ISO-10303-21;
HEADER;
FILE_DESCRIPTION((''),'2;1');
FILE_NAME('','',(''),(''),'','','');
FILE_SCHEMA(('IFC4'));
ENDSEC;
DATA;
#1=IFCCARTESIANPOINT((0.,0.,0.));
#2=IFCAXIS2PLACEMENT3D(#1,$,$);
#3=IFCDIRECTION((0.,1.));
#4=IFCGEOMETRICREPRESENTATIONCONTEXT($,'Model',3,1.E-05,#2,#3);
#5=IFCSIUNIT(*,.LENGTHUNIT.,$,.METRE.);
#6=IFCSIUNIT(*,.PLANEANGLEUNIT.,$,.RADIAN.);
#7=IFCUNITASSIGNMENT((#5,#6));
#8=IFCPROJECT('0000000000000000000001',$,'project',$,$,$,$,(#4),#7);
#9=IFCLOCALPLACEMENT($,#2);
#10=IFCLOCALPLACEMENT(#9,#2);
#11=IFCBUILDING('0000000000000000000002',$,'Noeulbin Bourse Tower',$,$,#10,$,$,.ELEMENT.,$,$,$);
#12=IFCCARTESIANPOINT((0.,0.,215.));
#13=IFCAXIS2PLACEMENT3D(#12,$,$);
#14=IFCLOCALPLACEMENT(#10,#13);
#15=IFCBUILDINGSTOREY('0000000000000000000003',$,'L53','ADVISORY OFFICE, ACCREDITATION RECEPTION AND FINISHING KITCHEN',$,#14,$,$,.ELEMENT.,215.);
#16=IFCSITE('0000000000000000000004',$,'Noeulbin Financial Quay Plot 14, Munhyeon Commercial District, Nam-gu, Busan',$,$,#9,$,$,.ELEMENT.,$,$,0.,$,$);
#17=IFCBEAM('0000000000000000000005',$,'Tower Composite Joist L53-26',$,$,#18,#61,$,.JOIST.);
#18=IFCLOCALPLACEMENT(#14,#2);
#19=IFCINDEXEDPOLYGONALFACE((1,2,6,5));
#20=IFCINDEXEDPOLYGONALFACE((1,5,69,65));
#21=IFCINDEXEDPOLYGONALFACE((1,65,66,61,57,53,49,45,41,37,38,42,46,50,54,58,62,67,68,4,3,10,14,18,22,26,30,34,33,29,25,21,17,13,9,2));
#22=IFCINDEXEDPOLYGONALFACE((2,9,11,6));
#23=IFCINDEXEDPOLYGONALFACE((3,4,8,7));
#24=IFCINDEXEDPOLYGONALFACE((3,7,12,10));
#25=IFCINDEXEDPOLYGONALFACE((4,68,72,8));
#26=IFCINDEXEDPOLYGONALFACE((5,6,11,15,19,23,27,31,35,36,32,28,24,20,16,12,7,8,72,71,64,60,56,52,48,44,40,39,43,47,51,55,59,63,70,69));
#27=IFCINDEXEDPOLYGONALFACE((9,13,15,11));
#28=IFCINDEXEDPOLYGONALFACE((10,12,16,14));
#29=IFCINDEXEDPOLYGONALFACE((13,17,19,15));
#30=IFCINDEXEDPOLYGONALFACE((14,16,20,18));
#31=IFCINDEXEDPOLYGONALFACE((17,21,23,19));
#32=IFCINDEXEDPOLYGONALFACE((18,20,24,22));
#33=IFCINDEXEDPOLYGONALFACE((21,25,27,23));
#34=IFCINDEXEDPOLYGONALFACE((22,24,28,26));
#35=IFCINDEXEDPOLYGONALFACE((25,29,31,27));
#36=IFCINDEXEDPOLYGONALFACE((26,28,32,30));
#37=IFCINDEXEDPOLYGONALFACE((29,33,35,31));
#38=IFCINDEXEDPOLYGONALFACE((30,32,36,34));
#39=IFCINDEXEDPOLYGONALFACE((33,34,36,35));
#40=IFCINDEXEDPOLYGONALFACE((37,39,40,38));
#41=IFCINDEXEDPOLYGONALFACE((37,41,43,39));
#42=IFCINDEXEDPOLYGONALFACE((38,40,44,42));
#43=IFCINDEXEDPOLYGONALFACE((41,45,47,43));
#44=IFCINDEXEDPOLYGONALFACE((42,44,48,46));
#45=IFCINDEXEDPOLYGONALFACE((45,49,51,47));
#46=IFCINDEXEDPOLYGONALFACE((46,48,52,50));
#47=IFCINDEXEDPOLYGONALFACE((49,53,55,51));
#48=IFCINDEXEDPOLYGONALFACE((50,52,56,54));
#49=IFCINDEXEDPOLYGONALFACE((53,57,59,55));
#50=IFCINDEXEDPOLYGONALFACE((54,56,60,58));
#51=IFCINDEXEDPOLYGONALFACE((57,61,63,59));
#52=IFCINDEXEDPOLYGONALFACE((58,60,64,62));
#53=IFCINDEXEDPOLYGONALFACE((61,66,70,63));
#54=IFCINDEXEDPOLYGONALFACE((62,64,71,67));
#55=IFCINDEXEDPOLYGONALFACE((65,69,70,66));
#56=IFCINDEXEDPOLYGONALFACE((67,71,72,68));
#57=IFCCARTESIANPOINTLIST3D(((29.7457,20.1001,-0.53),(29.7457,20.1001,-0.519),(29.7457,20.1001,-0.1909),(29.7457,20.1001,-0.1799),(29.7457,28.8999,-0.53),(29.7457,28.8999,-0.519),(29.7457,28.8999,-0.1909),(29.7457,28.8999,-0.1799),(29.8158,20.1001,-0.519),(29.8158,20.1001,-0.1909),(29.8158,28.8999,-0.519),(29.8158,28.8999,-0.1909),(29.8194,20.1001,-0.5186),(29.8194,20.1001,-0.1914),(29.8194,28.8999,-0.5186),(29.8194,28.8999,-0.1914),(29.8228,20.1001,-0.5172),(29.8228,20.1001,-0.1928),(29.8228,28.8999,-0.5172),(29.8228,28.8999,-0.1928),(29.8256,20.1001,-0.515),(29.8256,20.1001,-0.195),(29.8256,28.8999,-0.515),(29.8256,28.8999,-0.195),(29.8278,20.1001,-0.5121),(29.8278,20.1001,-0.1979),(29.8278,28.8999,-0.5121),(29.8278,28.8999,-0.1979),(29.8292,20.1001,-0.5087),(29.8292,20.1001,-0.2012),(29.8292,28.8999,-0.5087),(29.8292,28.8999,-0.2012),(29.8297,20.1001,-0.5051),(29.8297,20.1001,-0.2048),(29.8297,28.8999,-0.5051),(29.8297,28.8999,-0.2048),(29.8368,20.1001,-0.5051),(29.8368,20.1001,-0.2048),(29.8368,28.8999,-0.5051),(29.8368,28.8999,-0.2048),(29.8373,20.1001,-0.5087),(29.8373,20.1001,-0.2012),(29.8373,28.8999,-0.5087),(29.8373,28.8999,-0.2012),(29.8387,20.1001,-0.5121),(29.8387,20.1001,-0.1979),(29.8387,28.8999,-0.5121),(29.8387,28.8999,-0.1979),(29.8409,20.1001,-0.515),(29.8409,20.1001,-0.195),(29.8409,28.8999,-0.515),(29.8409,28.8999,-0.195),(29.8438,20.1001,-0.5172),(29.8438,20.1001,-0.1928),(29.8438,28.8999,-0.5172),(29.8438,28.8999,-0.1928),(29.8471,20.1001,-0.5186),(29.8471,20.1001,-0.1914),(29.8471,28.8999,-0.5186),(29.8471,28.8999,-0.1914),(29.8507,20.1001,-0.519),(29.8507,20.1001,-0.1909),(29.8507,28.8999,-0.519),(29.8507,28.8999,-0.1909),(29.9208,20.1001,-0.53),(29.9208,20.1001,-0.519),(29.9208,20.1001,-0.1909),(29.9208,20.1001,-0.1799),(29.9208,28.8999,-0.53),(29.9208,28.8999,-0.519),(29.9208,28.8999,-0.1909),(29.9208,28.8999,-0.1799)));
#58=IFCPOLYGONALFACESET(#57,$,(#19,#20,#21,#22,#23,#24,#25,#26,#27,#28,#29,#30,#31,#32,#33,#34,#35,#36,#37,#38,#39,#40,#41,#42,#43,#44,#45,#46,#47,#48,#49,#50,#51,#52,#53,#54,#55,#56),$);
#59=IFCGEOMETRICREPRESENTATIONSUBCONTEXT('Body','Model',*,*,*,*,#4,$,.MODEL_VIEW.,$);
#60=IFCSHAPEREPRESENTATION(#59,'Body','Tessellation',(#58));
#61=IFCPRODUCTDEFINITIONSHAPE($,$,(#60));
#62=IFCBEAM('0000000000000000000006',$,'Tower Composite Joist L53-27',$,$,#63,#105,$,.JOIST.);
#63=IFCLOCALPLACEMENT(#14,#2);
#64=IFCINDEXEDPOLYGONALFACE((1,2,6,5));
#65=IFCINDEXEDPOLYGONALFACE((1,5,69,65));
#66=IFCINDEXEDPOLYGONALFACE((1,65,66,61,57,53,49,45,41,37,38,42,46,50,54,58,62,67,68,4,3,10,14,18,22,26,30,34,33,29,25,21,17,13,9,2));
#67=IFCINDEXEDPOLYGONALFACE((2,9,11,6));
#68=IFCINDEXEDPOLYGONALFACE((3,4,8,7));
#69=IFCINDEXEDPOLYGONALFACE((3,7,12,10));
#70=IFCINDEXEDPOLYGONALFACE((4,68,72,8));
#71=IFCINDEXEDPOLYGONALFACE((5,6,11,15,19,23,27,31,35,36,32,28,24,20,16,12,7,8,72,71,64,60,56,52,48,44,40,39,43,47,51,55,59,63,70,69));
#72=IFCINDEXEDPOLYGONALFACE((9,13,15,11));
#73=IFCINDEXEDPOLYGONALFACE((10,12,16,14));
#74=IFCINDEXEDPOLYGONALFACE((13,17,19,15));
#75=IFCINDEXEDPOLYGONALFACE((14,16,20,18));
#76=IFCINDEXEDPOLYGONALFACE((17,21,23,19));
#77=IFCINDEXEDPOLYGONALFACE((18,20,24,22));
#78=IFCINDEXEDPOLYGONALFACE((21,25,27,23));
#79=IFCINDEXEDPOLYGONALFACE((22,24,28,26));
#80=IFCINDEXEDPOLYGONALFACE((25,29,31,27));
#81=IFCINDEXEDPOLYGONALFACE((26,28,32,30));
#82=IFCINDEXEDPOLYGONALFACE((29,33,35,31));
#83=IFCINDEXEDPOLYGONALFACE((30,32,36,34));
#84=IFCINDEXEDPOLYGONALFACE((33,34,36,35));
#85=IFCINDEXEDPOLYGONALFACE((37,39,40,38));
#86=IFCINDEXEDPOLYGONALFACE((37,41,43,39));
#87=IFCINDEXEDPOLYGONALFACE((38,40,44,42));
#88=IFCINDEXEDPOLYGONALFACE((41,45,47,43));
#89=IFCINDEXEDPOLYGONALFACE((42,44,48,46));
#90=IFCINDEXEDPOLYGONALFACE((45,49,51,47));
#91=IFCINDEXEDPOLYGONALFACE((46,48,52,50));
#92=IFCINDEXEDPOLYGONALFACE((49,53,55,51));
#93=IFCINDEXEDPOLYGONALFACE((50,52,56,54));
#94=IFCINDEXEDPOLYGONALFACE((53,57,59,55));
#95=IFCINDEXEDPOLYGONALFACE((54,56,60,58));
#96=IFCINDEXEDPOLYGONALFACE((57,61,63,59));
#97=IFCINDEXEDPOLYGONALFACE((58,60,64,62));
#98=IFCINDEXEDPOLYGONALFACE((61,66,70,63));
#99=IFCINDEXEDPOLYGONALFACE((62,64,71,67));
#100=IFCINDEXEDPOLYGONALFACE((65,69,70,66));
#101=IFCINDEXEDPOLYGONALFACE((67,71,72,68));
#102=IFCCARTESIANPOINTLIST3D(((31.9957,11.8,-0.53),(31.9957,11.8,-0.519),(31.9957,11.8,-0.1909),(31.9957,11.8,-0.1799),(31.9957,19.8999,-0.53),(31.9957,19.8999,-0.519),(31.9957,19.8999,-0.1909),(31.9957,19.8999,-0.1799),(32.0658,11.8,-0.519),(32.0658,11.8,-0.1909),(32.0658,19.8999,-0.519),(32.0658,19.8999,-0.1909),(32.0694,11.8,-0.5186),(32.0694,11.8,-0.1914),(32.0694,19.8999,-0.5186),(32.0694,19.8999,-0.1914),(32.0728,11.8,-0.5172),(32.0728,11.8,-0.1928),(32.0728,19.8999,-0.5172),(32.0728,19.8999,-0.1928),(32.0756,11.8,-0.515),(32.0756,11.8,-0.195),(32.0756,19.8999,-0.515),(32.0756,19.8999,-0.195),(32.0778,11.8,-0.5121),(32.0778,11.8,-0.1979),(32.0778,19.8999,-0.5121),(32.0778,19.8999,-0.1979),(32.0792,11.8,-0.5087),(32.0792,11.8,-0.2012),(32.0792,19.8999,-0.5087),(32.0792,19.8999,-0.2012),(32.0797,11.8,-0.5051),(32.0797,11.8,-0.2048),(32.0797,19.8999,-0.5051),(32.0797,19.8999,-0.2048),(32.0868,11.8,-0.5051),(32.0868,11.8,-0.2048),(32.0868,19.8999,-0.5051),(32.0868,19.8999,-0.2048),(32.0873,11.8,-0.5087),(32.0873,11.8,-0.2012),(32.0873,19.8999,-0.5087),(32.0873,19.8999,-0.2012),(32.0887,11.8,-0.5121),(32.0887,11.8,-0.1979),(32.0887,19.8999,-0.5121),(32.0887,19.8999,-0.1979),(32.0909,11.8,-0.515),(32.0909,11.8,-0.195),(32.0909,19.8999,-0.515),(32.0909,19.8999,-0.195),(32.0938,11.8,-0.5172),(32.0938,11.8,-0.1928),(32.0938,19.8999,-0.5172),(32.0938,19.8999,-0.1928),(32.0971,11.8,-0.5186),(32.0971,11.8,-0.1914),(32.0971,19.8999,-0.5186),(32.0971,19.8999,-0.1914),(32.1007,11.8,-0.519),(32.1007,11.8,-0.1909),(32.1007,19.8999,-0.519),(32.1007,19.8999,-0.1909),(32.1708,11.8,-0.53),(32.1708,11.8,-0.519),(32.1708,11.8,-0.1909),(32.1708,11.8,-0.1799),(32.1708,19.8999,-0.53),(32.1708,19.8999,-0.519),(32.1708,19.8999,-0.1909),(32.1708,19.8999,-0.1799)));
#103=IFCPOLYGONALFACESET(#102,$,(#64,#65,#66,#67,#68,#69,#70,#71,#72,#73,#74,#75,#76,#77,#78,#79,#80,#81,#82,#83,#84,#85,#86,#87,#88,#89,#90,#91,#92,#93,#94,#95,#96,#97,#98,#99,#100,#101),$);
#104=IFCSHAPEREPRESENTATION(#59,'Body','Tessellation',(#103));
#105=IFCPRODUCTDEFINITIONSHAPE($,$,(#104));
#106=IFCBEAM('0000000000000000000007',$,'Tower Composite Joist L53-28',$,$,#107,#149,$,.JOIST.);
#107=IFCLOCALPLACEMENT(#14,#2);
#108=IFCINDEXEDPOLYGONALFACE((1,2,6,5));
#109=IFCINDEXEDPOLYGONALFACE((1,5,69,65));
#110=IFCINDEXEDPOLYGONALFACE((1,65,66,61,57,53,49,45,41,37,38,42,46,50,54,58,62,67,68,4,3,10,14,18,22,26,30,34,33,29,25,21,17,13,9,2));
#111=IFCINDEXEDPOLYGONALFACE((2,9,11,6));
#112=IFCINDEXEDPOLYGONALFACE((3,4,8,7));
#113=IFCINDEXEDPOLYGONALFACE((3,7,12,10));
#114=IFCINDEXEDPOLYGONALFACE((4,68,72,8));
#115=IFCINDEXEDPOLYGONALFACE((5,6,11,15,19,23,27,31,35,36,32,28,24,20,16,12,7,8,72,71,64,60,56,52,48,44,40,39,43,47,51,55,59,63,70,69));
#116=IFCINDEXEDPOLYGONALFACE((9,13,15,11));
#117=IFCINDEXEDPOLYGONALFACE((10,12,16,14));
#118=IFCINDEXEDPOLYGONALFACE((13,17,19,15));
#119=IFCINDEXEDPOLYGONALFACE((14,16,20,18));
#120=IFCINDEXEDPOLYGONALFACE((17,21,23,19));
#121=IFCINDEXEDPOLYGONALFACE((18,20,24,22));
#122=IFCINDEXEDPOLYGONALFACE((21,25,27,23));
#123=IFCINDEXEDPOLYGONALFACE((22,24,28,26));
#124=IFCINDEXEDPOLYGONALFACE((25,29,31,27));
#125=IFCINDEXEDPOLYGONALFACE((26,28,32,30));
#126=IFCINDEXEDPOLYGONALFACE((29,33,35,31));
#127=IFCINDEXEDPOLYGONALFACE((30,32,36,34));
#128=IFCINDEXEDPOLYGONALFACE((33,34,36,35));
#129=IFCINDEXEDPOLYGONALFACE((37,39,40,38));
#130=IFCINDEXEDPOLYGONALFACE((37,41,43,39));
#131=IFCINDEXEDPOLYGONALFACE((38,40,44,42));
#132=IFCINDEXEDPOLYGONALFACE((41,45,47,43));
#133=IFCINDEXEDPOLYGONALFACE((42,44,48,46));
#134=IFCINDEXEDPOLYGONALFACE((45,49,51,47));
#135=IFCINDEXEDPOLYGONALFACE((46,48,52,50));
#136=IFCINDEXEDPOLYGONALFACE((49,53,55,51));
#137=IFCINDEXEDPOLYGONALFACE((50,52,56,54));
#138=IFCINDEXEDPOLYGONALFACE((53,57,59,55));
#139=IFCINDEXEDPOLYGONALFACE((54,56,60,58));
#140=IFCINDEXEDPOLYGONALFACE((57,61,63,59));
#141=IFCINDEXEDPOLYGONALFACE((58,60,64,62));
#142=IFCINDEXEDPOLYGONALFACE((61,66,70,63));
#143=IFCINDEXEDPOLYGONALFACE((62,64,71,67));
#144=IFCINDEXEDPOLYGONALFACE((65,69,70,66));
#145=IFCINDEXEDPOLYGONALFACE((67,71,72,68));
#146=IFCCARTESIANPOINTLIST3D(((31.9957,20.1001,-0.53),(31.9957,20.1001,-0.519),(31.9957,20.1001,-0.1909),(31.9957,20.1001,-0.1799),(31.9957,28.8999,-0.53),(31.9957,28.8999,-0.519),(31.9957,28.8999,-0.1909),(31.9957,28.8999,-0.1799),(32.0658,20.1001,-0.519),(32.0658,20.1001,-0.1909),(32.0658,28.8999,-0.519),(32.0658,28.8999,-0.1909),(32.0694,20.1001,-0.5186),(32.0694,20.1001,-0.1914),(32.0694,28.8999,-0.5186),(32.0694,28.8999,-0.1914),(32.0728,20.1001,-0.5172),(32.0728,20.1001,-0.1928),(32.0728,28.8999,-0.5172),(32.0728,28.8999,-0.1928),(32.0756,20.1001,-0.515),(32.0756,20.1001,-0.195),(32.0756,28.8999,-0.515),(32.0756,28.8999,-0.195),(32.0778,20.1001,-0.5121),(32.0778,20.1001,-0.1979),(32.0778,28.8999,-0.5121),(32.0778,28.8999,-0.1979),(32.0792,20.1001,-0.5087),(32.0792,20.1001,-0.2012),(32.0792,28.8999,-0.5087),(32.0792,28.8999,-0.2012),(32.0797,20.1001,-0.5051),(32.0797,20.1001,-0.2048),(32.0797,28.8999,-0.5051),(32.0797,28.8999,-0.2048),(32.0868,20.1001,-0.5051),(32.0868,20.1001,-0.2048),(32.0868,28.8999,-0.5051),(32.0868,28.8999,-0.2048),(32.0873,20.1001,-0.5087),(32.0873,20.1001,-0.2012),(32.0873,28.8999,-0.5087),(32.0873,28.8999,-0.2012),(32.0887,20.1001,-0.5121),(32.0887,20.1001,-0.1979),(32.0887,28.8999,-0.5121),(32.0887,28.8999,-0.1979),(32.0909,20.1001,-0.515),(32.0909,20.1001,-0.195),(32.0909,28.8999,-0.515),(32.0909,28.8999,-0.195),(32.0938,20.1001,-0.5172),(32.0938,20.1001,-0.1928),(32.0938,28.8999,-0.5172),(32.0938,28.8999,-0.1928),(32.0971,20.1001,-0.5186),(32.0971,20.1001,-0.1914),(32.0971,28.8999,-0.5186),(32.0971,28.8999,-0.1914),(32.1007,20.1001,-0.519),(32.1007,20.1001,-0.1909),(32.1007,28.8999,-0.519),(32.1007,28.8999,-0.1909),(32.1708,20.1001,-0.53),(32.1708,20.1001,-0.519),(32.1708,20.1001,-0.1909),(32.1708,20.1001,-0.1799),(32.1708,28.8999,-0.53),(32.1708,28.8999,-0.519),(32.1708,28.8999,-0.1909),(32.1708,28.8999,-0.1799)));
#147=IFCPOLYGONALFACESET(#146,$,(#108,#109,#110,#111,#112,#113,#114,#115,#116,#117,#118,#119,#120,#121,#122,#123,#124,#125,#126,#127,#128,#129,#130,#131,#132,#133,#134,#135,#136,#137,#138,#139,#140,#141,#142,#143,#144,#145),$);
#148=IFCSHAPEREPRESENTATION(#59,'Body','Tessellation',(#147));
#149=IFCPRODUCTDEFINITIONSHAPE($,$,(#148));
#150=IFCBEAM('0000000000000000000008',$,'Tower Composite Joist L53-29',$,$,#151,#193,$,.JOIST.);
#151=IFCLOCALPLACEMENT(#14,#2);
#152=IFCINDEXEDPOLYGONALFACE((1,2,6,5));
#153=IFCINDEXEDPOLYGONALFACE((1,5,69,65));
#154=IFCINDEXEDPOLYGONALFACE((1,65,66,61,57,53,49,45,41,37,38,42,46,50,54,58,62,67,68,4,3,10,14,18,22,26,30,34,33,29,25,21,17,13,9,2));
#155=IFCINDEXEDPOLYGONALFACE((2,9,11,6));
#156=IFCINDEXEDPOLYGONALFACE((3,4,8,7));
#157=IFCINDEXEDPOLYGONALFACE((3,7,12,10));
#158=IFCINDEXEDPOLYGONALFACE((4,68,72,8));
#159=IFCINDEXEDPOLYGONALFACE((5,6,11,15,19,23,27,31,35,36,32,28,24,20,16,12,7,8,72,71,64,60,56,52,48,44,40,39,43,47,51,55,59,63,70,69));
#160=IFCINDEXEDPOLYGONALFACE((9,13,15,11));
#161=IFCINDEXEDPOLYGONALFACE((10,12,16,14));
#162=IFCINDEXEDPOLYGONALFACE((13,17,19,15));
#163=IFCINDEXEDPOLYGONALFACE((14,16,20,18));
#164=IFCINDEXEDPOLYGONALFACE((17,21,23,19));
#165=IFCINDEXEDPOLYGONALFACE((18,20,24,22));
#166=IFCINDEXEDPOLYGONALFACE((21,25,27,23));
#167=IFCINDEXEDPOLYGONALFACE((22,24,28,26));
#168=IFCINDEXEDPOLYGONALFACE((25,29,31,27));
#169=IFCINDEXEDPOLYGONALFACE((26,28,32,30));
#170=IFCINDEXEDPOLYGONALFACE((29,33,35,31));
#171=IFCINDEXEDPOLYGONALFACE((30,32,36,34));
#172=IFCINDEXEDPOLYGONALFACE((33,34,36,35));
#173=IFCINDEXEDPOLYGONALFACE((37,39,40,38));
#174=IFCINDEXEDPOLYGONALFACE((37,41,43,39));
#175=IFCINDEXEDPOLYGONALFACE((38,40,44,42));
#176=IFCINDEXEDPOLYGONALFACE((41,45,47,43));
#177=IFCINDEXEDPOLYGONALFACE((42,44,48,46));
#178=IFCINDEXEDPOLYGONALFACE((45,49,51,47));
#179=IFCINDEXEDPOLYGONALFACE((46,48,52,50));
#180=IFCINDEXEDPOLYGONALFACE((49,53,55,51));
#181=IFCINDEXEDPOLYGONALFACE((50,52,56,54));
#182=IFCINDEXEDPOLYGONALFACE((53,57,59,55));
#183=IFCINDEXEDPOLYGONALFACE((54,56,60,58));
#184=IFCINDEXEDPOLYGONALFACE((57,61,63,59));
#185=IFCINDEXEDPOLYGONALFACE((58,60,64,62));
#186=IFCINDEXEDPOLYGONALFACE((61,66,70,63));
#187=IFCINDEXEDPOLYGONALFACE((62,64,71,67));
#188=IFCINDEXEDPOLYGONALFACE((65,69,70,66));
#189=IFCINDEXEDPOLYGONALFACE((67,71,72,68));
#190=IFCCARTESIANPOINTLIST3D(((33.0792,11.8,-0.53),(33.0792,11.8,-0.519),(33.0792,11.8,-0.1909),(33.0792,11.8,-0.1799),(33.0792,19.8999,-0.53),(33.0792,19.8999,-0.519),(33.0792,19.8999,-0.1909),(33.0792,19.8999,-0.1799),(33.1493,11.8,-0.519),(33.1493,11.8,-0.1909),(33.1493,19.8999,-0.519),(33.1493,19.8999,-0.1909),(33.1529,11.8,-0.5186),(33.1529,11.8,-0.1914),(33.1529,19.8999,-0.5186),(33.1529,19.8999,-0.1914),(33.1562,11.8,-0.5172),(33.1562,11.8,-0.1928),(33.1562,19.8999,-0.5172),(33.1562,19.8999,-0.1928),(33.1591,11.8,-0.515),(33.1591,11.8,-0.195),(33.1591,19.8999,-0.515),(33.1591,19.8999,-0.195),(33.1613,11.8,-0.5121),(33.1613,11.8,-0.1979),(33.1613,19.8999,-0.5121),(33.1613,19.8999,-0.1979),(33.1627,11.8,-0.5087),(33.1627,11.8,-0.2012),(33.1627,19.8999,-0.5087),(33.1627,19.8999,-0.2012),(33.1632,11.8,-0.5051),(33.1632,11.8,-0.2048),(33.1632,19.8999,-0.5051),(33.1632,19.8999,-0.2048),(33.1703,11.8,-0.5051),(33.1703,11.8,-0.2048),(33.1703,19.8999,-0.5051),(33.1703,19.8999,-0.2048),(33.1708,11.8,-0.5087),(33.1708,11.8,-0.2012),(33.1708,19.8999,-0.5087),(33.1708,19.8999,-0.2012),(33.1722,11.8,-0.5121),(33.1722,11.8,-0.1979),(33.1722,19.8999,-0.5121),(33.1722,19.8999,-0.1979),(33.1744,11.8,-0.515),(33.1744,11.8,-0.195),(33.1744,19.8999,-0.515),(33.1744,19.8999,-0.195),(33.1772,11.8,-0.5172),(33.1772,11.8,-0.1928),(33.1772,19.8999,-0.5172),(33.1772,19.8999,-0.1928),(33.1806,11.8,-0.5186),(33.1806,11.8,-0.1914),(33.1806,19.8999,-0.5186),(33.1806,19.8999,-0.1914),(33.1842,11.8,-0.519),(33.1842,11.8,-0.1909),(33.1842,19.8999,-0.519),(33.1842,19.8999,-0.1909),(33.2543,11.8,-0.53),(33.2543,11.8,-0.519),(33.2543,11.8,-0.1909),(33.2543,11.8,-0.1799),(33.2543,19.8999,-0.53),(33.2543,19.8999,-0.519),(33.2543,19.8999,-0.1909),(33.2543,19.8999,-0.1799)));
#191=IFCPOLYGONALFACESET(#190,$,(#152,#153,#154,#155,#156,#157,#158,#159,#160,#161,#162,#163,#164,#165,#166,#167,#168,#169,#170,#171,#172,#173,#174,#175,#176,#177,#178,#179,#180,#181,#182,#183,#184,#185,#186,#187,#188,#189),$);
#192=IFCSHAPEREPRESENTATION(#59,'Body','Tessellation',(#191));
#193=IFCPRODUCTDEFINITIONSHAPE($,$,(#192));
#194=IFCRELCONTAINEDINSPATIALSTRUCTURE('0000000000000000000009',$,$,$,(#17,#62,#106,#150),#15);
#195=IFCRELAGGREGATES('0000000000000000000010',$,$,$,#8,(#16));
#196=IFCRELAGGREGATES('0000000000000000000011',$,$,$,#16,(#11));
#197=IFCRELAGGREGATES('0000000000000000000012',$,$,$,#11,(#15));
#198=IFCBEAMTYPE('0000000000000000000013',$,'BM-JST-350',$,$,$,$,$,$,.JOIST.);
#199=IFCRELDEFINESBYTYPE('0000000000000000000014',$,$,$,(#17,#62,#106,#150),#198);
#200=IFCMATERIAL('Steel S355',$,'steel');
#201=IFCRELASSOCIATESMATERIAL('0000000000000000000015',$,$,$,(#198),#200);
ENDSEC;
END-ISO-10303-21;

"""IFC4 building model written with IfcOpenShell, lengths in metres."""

from ifc_helpers import new_model, si_unit, direction, frame, origin, origin_2d, place, context, subcontext, project, spatial, i_section, extrude, material, material_profile, profile_set, type_object, element, save


model = new_model("IFC4")

# Units and contexts
model_context = context("Model", 3, precision=1e-05, world=origin(), true_north=direction((0.0, 1.0)))
body_context = subcontext(model_context, "Body", "Model", "MODEL_VIEW")
ifc_project = project(units=[si_unit("LENGTHUNIT", "METRE"), si_unit("PLANEANGLEUNIT", "RADIAN")], contexts=[model_context])

# Site, building, storey
site_placement = place(None, origin())
site = spatial("IfcSite", under=ifc_project, at=site_placement, Name="Noeulbin Financial Quay Plot 14, Munhyeon Commercial District, Nam-gu, Busan", CompositionType="ELEMENT", RefElevation=0.0)
building_placement = place(site_placement, origin())
building = spatial("IfcBuilding", under=site, at=building_placement, Name="Noeulbin Bourse Tower", CompositionType="ELEMENT")
storey_placement = place(building_placement, frame((0.0, 0.0, 215.0)))
storey = spatial("IfcBuildingStorey", under=building, at=storey_placement, Name="L53", Description="ADVISORY OFFICE, ACCREDITATION RECEPTION AND FINISHING KITCHEN", CompositionType="ELEMENT", Elevation=215.0)

# Shared definitions
ifc_material_1 = material(Name="Steel S355", Category="steel")

# Beams
ifc_material_profile_1 = material_profile(ifc_material_1, i_section(OverallWidth=0.175, OverallDepth=0.3501, WebThickness=0.0071, FlangeThickness=0.011, FilletRadius=0.0139, at=origin_2d()), Name="H-350x175x7x11", Category="LoadBearing")
ifc_profile_set_1 = profile_set([ifc_material_profile_1], Name="Steel S355")
beam_type_1 = type_object("IfcBeamType", Name="BM-JST-350", PredefinedType="JOIST", material=ifc_profile_set_1)
beam_1_placement = place(storey_placement, frame((29.8333, 20.1001, -0.355), z_axis=(0.0, 1.0, 0.0), x_axis=(-1.0, 0.0, 0.0)))
element("IfcBeam", 1, at=beam_1_placement, inside=storey, type_object=beam_type_1, Name="Tower Composite Joist L53-26", PredefinedType="JOIST", context=body_context, shape_type="SweptSolid", body=[
    extrude(i_section(OverallWidth=0.175, OverallDepth=0.3501, WebThickness=0.0071, FlangeThickness=0.011, FilletRadius=0.0139, at=origin_2d()), origin(), (0.0, 0.0, 1.0), 8.7998),
])
beam_2_placement = place(storey_placement, frame((32.0833, 11.8, -0.355), z_axis=(0.0, 1.0, 0.0), x_axis=(-1.0, 0.0, 0.0)))
element("IfcBeam", 2, at=beam_2_placement, inside=storey, type_object=beam_type_1, Name="Tower Composite Joist L53-27", PredefinedType="JOIST", context=body_context, shape_type="SweptSolid", body=[
    extrude(i_section(OverallWidth=0.175, OverallDepth=0.3501, WebThickness=0.0071, FlangeThickness=0.011, FilletRadius=0.0139, at=origin_2d()), origin(), (0.0, 0.0, 1.0), 8.0999),
])
beam_3_placement = place(storey_placement, frame((32.0833, 20.1001, -0.355), z_axis=(0.0, 1.0, 0.0), x_axis=(-1.0, 0.0, 0.0)))
element("IfcBeam", 3, at=beam_3_placement, inside=storey, type_object=beam_type_1, Name="Tower Composite Joist L53-28", PredefinedType="JOIST", context=body_context, shape_type="SweptSolid", body=[
    extrude(i_section(OverallWidth=0.175, OverallDepth=0.3501, WebThickness=0.0071, FlangeThickness=0.011, FilletRadius=0.0139, at=origin_2d()), origin(), (0.0, 0.0, 1.0), 8.7998),
])
beam_4_placement = place(storey_placement, frame((33.1667, 11.8, -0.355), z_axis=(0.0, 1.0, 0.0), x_axis=(-1.0, 0.0, 0.0)))
element("IfcBeam", 4, at=beam_4_placement, inside=storey, type_object=beam_type_1, Name="Tower Composite Joist L53-29", PredefinedType="JOIST", context=body_context, shape_type="SweptSolid", body=[
    extrude(i_section(OverallWidth=0.175, OverallDepth=0.3501, WebThickness=0.0071, FlangeThickness=0.011, FilletRadius=0.0139, at=origin_2d()), origin(), (0.0, 0.0, 1.0), 8.0999),
])

save(model, "model.ifc")
